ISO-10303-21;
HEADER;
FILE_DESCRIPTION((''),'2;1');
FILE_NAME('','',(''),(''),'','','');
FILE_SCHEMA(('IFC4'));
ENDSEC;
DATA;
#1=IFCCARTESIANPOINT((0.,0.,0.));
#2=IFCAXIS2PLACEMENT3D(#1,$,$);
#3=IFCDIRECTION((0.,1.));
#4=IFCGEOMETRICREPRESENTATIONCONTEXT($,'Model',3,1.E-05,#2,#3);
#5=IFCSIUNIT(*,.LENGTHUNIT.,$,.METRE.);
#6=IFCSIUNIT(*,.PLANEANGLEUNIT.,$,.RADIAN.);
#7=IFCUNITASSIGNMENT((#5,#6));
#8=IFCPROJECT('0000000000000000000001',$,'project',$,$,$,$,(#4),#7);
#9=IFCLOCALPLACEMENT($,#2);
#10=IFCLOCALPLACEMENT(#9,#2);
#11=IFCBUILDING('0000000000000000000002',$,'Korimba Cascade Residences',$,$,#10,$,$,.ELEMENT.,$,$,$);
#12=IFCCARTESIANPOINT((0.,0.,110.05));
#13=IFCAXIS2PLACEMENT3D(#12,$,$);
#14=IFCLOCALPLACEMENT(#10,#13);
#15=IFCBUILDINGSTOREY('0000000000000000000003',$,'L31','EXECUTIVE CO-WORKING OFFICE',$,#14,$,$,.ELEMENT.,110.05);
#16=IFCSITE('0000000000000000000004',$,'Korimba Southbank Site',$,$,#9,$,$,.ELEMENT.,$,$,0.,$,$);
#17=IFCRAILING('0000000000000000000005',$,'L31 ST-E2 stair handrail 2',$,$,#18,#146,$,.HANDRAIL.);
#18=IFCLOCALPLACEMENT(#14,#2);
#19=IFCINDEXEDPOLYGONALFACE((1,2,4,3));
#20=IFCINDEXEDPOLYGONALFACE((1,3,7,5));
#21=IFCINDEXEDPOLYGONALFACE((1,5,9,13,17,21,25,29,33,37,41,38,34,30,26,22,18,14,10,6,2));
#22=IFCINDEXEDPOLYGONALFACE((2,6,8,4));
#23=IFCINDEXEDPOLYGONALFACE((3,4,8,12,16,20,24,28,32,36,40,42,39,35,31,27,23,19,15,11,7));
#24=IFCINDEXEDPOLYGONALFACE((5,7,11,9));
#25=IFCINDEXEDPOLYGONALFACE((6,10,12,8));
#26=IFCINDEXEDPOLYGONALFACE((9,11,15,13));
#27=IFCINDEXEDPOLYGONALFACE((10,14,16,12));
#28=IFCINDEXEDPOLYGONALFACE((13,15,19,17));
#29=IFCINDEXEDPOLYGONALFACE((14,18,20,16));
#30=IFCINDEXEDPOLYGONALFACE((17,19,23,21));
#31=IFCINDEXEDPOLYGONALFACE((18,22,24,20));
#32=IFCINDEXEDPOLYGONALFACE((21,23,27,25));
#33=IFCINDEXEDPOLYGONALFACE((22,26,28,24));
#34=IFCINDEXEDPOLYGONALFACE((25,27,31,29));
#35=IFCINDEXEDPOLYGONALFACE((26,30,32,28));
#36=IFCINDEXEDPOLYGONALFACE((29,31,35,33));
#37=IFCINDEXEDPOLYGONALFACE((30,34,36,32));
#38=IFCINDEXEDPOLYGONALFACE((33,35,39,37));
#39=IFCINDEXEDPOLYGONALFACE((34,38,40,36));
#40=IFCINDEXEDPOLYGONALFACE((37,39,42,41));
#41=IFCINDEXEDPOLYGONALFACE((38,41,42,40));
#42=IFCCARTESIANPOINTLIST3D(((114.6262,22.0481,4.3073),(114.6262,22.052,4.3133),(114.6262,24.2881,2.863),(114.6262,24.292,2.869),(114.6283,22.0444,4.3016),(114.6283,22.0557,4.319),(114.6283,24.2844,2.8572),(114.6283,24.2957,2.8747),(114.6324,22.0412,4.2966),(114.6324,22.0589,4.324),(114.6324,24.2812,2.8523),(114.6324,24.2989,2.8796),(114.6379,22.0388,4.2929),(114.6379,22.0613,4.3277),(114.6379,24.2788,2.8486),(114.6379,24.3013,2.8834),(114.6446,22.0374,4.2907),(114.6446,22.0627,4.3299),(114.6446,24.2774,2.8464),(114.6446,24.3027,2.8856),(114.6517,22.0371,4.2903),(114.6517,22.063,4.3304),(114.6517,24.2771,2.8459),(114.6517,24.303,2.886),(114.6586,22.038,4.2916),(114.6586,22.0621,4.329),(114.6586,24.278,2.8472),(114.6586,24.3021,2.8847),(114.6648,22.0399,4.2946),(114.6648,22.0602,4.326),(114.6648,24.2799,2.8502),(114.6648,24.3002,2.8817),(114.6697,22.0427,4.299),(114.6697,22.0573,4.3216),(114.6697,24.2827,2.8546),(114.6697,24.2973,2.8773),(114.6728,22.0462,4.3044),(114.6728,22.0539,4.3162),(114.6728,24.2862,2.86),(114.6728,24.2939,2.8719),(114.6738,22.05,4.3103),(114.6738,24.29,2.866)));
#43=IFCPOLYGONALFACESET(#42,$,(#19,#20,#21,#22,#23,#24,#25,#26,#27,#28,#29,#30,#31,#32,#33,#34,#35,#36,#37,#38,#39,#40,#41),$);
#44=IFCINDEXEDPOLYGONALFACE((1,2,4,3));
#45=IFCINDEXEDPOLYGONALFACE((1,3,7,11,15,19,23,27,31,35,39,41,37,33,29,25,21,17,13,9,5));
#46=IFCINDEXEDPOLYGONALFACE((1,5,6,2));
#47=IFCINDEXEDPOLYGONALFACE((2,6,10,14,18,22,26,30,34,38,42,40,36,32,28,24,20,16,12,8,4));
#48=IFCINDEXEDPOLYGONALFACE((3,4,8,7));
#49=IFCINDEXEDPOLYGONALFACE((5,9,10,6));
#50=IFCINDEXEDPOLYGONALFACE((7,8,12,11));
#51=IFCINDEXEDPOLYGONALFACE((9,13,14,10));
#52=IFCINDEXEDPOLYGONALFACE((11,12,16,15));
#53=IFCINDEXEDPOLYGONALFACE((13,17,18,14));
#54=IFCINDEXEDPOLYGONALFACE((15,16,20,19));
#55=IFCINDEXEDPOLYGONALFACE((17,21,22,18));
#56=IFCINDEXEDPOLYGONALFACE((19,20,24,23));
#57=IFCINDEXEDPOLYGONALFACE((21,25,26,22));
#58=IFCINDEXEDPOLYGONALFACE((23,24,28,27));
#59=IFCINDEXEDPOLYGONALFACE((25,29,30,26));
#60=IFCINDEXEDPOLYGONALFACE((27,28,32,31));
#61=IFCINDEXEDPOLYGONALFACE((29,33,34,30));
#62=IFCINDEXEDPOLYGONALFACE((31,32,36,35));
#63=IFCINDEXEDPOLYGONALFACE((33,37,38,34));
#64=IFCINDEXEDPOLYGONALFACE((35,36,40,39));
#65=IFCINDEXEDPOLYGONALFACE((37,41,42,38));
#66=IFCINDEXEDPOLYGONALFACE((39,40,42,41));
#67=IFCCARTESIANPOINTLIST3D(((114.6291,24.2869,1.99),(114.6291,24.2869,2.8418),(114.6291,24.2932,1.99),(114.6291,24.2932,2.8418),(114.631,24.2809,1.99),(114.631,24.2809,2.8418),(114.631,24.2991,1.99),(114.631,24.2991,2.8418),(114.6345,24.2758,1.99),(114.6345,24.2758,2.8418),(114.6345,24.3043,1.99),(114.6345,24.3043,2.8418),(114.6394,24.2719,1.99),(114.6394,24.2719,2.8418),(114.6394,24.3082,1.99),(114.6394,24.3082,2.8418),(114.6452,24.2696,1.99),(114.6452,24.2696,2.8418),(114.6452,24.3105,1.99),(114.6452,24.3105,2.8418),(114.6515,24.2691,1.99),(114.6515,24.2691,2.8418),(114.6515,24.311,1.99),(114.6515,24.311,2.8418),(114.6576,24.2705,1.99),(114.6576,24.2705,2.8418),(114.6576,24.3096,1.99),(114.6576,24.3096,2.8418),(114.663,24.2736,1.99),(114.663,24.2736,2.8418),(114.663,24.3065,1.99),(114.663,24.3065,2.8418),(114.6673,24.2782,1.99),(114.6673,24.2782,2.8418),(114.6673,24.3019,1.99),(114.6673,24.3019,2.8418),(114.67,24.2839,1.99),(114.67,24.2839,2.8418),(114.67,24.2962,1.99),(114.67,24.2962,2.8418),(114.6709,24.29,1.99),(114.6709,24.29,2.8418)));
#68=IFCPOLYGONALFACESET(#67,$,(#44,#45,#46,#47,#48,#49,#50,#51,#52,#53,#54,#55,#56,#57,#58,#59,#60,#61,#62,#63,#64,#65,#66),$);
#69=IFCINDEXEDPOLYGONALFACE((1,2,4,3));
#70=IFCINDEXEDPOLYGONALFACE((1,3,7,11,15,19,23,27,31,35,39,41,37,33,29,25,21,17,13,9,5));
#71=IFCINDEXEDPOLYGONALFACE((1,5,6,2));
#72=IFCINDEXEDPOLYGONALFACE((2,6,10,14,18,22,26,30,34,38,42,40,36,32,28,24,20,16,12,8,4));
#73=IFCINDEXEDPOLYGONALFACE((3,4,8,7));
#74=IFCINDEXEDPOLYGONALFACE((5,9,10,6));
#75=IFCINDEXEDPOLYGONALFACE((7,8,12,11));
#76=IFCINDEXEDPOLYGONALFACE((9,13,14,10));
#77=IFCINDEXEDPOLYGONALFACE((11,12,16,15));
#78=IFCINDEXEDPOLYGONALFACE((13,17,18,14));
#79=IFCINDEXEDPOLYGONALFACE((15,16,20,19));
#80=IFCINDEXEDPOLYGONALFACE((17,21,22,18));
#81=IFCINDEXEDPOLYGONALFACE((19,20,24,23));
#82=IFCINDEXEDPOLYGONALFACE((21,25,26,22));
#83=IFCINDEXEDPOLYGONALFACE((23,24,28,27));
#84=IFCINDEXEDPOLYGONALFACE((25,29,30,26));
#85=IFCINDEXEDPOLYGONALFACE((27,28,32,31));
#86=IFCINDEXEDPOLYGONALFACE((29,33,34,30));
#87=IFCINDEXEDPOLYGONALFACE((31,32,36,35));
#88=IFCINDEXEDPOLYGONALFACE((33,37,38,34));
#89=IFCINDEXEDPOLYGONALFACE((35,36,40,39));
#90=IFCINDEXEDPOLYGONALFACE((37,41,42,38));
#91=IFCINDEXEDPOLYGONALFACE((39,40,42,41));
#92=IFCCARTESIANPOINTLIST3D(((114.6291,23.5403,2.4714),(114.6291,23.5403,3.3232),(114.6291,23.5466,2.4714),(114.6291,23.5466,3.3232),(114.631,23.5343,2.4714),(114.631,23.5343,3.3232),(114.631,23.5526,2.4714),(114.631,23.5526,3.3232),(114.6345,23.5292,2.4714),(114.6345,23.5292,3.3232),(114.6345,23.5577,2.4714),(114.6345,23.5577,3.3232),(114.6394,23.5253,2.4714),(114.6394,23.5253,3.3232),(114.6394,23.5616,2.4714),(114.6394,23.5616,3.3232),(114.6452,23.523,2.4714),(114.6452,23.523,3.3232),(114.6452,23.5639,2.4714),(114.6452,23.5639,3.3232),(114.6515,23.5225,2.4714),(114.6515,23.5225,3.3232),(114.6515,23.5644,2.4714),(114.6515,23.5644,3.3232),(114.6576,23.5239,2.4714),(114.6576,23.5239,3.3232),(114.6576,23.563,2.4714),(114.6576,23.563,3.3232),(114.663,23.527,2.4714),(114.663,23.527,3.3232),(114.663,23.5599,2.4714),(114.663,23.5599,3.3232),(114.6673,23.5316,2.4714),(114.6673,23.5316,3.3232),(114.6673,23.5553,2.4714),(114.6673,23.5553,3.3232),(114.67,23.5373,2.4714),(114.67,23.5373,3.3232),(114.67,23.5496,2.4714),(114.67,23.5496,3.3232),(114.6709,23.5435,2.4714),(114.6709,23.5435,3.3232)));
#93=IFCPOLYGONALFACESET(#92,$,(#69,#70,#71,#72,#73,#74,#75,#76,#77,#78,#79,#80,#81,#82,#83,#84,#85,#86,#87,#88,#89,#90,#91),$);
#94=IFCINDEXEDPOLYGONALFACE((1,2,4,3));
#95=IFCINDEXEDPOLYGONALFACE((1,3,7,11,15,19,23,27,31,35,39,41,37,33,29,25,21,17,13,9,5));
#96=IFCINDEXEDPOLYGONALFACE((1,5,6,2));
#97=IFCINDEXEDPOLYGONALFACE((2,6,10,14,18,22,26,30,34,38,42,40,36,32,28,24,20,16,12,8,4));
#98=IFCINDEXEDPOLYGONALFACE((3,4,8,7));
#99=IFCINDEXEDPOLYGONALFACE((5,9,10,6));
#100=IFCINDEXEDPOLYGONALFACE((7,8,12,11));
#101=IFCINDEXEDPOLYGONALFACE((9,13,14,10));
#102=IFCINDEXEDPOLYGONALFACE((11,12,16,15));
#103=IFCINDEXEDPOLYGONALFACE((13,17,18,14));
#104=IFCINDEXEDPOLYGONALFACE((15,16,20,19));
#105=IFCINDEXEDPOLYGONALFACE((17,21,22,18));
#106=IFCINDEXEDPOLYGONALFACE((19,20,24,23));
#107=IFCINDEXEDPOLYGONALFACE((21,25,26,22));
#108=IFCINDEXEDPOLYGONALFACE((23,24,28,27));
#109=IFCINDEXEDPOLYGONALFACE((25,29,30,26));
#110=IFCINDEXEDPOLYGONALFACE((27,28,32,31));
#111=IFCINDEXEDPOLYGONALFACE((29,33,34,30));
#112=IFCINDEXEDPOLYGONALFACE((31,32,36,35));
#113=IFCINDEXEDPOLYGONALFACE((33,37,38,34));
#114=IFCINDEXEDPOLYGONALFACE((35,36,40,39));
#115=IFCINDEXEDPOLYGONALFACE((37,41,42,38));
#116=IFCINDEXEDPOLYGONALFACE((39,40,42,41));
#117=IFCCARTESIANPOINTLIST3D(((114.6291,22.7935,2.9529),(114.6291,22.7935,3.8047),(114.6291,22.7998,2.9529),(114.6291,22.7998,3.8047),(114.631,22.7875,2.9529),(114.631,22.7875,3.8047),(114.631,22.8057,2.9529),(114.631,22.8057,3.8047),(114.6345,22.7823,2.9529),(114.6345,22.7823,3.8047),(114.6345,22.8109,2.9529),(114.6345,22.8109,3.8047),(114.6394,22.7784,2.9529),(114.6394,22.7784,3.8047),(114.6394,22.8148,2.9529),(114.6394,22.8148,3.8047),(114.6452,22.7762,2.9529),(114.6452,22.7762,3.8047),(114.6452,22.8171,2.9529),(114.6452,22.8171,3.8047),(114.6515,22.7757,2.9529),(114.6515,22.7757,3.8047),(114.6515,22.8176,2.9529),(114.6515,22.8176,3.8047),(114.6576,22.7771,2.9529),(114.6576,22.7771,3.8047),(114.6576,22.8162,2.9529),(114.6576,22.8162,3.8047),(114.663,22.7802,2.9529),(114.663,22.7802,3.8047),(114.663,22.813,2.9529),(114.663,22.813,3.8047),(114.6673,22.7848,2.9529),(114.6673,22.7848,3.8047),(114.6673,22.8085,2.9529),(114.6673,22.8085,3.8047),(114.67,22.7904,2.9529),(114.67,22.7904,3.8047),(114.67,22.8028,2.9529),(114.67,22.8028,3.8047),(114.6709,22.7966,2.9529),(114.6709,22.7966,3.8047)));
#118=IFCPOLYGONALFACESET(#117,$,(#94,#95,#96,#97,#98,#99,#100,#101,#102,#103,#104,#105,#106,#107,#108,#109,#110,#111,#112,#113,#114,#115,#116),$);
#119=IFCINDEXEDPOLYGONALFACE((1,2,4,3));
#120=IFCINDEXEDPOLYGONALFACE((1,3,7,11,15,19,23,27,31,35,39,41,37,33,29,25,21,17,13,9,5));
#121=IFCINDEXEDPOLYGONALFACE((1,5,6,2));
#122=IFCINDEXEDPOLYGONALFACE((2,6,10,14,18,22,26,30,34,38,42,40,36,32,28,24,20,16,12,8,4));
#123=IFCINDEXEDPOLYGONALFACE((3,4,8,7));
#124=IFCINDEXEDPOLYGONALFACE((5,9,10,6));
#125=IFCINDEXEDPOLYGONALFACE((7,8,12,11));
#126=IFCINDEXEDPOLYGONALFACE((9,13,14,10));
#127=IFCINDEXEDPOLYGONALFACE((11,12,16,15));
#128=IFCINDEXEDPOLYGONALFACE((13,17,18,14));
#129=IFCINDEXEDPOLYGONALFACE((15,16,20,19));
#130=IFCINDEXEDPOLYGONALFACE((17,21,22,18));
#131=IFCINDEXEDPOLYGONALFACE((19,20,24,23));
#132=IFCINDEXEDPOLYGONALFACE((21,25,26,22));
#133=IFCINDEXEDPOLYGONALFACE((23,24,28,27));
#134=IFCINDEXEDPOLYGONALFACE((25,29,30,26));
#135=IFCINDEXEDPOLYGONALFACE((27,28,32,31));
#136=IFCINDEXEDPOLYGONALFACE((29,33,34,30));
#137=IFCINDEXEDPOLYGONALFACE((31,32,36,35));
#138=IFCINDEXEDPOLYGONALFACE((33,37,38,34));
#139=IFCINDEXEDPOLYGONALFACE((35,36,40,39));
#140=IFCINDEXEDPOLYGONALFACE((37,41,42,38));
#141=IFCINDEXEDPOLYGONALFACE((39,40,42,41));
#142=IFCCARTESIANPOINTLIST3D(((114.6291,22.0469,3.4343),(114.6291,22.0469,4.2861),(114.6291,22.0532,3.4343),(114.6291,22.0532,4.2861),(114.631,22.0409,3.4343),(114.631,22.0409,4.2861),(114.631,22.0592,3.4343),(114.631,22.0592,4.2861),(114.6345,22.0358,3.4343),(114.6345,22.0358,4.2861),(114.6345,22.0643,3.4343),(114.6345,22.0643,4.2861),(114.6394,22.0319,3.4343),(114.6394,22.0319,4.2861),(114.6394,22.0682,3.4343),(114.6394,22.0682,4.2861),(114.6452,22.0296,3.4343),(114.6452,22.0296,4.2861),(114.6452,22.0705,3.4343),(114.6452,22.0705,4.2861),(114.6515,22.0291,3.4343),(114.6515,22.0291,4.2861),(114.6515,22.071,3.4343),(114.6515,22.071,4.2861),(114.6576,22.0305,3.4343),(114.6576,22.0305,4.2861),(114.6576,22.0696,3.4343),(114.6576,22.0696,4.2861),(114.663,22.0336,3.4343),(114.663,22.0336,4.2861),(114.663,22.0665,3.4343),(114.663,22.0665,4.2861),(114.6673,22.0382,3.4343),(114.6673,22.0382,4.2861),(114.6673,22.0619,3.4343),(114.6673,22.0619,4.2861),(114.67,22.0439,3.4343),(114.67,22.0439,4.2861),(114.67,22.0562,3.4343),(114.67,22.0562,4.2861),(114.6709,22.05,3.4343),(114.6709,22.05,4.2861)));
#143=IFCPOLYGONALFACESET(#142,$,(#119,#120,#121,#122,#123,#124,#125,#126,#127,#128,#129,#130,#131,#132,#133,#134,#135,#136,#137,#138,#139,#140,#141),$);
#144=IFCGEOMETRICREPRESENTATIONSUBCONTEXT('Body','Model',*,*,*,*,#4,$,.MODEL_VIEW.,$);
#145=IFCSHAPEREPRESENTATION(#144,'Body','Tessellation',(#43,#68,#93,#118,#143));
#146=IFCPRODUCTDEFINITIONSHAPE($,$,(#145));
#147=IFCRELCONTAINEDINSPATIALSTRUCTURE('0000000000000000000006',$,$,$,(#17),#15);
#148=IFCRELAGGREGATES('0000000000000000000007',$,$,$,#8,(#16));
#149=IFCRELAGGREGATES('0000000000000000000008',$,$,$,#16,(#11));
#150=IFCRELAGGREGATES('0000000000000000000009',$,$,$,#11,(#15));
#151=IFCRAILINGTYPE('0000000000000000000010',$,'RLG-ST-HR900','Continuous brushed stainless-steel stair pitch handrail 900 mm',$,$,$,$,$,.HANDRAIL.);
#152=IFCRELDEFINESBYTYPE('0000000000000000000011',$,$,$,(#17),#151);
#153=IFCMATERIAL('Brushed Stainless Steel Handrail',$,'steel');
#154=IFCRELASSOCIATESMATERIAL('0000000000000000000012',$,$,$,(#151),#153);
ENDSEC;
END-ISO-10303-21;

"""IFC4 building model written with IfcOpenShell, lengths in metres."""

from ifc_helpers import new_model, si_unit, direction, frame, origin, origin_2d, place, context, subcontext, project, spatial, circle, extrude, material, type_object, element, save


model = new_model("IFC4")

# Units and contexts
model_context = context("Model", 3, precision=1e-05, world=origin(), true_north=direction((0.0, 1.0)))
body_context = subcontext(model_context, "Body", "Model", "MODEL_VIEW")
ifc_project = project(units=[si_unit("LENGTHUNIT", "METRE"), si_unit("PLANEANGLEUNIT", "RADIAN")], contexts=[model_context])

# Site, building, storey
site_placement = place(None, origin())
site = spatial("IfcSite", under=ifc_project, at=site_placement, Name="Korimba Southbank Site", CompositionType="ELEMENT", RefElevation=0.0)
building_placement = place(site_placement, origin())
building = spatial("IfcBuilding", under=site, at=building_placement, Name="Korimba Cascade Residences", CompositionType="ELEMENT")
storey_placement = place(building_placement, frame((0.0, 0.0, 110.05)))
storey = spatial("IfcBuildingStorey", under=building, at=storey_placement, Name="L31", Description="EXECUTIVE CO-WORKING OFFICE", CompositionType="ELEMENT", Elevation=110.05)

# Railing
ifc_material_1 = material(Name="Brushed Stainless Steel Handrail", Category="steel")
railing_type_1 = type_object("IfcRailingType", Name="RLG-ST-HR900", Description="Continuous brushed stainless-steel stair pitch handrail 900 mm", PredefinedType="HANDRAIL", material=ifc_material_1)
railing_1_placement = place(storey_placement, frame((114.6499, 24.29, 1.99)))
element("IfcRailing", 1, at=railing_1_placement, inside=storey, type_object=railing_type_1, Name="L31 ST-E2 stair handrail 2", PredefinedType="HANDRAIL", context=body_context, shape_type="SweptSolid", body=[
    extrude(circle(Radius=0.0239, at=origin_2d()), frame((0.0, 0.0, 0.876), z_axis=(0.0, -0.840437, 0.54191), x_axis=(1.0, 0.0, 0.0)), (0.0, 0.0, 1.0), 2.6653),
    extrude(circle(Radius=0.021, at=origin_2d()), origin(), (0.0, 0.0, 1.0), 0.8518),
    extrude(circle(Radius=0.021, at=origin_2d()), frame((0.0, -0.7466, 0.4814)), (0.0, 0.0, 1.0), 0.8518),
    extrude(circle(Radius=0.021, at=origin_2d()), frame((0.0, -1.4934, 0.9629)), (0.0, 0.0, 1.0), 0.8518),
    extrude(circle(Radius=0.021, at=origin_2d()), frame((0.0, -2.24, 1.4443)), (0.0, 0.0, 1.0), 0.8518),
])

save(model, "model.ifc")
